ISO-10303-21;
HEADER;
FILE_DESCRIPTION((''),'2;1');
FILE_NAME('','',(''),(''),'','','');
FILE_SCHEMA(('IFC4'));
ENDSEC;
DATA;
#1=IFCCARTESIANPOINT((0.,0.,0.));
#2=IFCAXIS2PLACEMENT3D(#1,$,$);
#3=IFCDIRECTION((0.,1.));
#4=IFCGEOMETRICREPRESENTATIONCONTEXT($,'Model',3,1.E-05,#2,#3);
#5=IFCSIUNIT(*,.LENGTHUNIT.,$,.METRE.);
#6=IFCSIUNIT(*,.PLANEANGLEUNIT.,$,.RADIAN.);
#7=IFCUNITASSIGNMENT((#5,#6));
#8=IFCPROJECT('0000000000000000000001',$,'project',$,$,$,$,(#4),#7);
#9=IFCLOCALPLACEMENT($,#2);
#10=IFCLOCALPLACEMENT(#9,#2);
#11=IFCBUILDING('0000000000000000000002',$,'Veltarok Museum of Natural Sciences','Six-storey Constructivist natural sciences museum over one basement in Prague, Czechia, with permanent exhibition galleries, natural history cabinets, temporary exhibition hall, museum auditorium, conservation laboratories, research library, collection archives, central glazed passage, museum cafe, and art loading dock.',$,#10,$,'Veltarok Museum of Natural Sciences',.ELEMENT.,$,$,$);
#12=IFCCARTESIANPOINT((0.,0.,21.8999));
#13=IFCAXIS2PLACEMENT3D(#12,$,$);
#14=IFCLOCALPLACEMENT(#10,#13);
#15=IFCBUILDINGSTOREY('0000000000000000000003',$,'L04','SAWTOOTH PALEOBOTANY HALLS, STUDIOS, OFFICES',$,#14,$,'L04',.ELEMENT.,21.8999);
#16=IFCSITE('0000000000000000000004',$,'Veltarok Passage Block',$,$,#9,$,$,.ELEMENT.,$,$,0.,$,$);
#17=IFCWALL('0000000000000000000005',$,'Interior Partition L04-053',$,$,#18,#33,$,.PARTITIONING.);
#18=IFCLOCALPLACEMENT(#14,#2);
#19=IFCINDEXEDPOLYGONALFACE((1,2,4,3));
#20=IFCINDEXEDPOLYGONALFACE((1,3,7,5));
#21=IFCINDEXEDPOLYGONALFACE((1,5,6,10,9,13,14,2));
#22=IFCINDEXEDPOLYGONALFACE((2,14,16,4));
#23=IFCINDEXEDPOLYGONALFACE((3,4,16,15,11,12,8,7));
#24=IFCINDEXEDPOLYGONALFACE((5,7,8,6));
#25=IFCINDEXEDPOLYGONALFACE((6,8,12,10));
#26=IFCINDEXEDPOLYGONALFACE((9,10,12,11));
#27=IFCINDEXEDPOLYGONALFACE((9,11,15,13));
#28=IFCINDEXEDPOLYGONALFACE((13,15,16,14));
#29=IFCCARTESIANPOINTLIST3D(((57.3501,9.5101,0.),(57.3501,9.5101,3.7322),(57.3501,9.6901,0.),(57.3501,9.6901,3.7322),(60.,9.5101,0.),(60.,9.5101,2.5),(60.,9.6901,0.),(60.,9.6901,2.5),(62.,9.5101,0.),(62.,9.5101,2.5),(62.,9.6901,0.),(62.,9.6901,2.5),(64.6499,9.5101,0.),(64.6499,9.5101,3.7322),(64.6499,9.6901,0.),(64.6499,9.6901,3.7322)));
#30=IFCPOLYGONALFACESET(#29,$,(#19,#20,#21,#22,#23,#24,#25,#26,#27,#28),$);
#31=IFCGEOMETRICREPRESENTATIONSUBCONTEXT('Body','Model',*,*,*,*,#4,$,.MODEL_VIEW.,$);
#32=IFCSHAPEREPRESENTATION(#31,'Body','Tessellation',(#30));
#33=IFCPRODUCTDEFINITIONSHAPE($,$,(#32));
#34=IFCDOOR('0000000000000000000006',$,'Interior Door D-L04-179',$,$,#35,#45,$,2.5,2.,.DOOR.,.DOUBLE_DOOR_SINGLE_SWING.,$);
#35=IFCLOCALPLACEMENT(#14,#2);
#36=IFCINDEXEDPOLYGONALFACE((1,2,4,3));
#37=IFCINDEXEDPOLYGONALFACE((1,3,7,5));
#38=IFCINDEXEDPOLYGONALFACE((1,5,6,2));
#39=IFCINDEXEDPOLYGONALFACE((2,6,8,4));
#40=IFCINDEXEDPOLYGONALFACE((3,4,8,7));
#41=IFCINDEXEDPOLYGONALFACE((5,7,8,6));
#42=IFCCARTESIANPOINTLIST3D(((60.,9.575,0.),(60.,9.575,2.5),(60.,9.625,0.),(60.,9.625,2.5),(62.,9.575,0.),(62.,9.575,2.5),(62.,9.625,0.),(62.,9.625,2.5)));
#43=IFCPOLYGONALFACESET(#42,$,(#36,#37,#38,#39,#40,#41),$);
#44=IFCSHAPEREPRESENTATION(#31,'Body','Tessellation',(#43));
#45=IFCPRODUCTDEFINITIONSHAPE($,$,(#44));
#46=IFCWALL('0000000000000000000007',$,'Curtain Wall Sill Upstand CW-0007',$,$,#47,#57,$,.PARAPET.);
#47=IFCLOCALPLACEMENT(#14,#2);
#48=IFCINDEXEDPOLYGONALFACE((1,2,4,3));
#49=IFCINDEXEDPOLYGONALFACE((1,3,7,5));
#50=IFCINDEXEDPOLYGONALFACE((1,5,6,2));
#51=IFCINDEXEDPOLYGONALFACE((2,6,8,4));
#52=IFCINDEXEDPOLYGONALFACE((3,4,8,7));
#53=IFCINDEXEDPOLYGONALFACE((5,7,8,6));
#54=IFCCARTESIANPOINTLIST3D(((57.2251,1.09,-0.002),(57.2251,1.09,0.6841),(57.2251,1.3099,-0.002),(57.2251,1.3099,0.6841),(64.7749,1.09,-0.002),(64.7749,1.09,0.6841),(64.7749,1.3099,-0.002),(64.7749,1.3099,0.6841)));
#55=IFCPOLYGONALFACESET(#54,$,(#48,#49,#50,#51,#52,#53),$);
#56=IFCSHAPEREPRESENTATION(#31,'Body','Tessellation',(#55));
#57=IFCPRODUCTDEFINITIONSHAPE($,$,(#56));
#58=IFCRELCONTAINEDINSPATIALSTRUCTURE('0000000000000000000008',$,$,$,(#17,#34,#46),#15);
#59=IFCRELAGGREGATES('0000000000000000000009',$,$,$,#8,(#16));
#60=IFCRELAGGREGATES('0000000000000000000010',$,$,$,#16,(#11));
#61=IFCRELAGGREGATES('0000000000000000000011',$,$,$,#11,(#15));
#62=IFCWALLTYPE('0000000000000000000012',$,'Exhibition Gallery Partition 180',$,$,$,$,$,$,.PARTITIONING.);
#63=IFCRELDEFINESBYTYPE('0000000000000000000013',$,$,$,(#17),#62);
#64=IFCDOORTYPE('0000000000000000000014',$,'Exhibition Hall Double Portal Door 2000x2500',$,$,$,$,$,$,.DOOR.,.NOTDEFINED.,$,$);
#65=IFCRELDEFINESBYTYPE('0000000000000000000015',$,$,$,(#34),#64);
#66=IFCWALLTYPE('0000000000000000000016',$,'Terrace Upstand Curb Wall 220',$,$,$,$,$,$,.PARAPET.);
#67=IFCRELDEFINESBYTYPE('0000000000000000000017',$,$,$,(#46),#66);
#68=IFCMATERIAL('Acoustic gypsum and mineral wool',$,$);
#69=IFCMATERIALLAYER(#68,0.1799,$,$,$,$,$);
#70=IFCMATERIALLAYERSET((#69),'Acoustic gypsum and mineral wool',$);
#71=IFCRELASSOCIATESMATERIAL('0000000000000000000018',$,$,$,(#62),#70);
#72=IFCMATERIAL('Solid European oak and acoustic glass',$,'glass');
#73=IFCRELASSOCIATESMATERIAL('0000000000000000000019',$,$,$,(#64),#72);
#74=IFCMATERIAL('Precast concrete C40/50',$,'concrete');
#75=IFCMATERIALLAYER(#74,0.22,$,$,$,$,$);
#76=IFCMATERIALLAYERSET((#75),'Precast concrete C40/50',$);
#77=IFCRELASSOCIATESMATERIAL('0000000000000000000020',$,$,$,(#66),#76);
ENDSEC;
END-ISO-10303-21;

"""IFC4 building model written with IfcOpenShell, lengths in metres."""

from ifc_helpers import new_model, si_unit, direction, frame, frame_2d, origin, place, context, subcontext, project, spatial, rectangle, extrude, material, layer, layer_set, type_object, element, fill, save


model = new_model("IFC4")

# Units and contexts
model_context = context("Model", 3, precision=1e-05, world=origin(), true_north=direction((0.0, 1.0)))
body_context = subcontext(model_context, "Body", "Model", "MODEL_VIEW")
ifc_project = project(units=[si_unit("LENGTHUNIT", "METRE"), si_unit("PLANEANGLEUNIT", "RADIAN")], contexts=[model_context])

# Site, building, storey
site_placement = place(None, origin())
site = spatial("IfcSite", under=ifc_project, at=site_placement, Name="Veltarok Passage Block", CompositionType="ELEMENT", RefElevation=0.0)
building_placement = place(site_placement, origin())
building = spatial("IfcBuilding", under=site, at=building_placement, Name="Veltarok Museum of Natural Sciences", Description="Six-storey Constructivist natural sciences museum over one basement in Prague, Czechia, with permanent exhibition galleries, natural history cabinets, temporary exhibition hall, museum auditorium, conservation laboratories, research library, collection archives, central glazed passage, museum cafe, and art loading dock.", LongName="Veltarok Museum of Natural Sciences", CompositionType="ELEMENT")
storey_placement = place(building_placement, frame((0.0, 0.0, 21.8999)))
storey = spatial("IfcBuildingStorey", under=building, at=storey_placement, Name="L04", Description="SAWTOOTH PALEOBOTANY HALLS, STUDIOS, OFFICES", LongName="L04", CompositionType="ELEMENT", Elevation=21.8999)

# Wall, opening, door
ifc_material_1 = material(Name="Acoustic gypsum and mineral wool")
ifc_layer_1 = layer(ifc_material_1, 0.1799)
ifc_layer_set_1 = layer_set([ifc_layer_1], Name="Acoustic gypsum and mineral wool")
wall_type_1 = type_object("IfcWallType", Name="Exhibition Gallery Partition 180", PredefinedType="PARTITIONING", material=ifc_layer_set_1)
wall_1_placement = place(storey_placement, frame((57.3501, 9.6001, 0.0), z_axis=(0.0, 0.0, 1.0), x_axis=(1.0, 0.0, 0.0)))
wall_1 = element("IfcWall", 1, at=wall_1_placement, inside=storey, type_object=wall_type_1, Name="Interior Partition L04-053", PredefinedType="PARTITIONING", context=body_context, shape_type="SweptSolid", body=[
    extrude(rectangle(XDim=7.2998, YDim=0.1799, at=frame_2d((3.6499, 0.0))), origin(), (0.0, 0.0, 1.0), 3.7322),
])
opening_placement = place(wall_1_placement, frame((2.6499, 0.0, 0.0)))
opening = element("IfcOpeningElement", 2, at=opening_placement, cuts=wall_1, PredefinedType="OPENING", context=body_context, shape_type="SweptSolid", body=[
    extrude(rectangle(XDim=2.0, YDim=2.5, at=frame_2d((1.0, 1.25))), frame((0.0, 0.1001, 0.0), z_axis=(0.0, -1.0, 0.0), x_axis=(1.0, 0.0, 0.0)), (0.0, 0.0, 1.0), 0.2),
])
ifc_material_2 = material(Name="Solid European oak and acoustic glass", Category="glass")
door_type = type_object("IfcDoorType", Name="Exhibition Hall Double Portal Door 2000x2500", OperationType="NOTDEFINED", PredefinedType="DOOR", material=ifc_material_2)
door_placement = place(opening_placement, origin())
door = element("IfcDoor", 3, at=door_placement, inside=storey, type_object=door_type, Name="Interior Door D-L04-179", OperationType="DOUBLE_DOOR_SINGLE_SWING", OverallHeight=2.5, OverallWidth=2.0, PredefinedType="DOOR", context=body_context, shape_type="SweptSolid", body=[
    extrude(rectangle(XDim=2.0, YDim=2.5, at=frame_2d((1.0, 1.25))), frame((0.0, 0.0249, 0.0), z_axis=(0.0, -1.0, 0.0), x_axis=(1.0, 0.0, 0.0)), (0.0, 0.0, 1.0), 0.05),
])
fill(opening, door)

# Wall
ifc_material_3 = material(Name="Precast concrete C40/50", Category="concrete")
ifc_layer_2 = layer(ifc_material_3, 0.22)
ifc_layer_set_2 = layer_set([ifc_layer_2], Name="Precast concrete C40/50")
wall_type_2 = type_object("IfcWallType", Name="Terrace Upstand Curb Wall 220", PredefinedType="PARAPET", material=ifc_layer_set_2)
wall_2_placement = place(storey_placement, frame((57.2251, 1.2, -0.002), z_axis=(0.0, 0.0, 1.0), x_axis=(1.0, 0.0, 0.0)))
element("IfcWall", 4, at=wall_2_placement, inside=storey, type_object=wall_type_2, Name="Curtain Wall Sill Upstand CW-0007", PredefinedType="PARAPET", context=body_context, shape_type="SweptSolid", body=[
    extrude(rectangle(XDim=7.5498, YDim=0.22, at=frame_2d((3.7749, 0.0))), origin(), (0.0, 0.0, 1.0), 0.686),
])

save(model, "model.ifc")
